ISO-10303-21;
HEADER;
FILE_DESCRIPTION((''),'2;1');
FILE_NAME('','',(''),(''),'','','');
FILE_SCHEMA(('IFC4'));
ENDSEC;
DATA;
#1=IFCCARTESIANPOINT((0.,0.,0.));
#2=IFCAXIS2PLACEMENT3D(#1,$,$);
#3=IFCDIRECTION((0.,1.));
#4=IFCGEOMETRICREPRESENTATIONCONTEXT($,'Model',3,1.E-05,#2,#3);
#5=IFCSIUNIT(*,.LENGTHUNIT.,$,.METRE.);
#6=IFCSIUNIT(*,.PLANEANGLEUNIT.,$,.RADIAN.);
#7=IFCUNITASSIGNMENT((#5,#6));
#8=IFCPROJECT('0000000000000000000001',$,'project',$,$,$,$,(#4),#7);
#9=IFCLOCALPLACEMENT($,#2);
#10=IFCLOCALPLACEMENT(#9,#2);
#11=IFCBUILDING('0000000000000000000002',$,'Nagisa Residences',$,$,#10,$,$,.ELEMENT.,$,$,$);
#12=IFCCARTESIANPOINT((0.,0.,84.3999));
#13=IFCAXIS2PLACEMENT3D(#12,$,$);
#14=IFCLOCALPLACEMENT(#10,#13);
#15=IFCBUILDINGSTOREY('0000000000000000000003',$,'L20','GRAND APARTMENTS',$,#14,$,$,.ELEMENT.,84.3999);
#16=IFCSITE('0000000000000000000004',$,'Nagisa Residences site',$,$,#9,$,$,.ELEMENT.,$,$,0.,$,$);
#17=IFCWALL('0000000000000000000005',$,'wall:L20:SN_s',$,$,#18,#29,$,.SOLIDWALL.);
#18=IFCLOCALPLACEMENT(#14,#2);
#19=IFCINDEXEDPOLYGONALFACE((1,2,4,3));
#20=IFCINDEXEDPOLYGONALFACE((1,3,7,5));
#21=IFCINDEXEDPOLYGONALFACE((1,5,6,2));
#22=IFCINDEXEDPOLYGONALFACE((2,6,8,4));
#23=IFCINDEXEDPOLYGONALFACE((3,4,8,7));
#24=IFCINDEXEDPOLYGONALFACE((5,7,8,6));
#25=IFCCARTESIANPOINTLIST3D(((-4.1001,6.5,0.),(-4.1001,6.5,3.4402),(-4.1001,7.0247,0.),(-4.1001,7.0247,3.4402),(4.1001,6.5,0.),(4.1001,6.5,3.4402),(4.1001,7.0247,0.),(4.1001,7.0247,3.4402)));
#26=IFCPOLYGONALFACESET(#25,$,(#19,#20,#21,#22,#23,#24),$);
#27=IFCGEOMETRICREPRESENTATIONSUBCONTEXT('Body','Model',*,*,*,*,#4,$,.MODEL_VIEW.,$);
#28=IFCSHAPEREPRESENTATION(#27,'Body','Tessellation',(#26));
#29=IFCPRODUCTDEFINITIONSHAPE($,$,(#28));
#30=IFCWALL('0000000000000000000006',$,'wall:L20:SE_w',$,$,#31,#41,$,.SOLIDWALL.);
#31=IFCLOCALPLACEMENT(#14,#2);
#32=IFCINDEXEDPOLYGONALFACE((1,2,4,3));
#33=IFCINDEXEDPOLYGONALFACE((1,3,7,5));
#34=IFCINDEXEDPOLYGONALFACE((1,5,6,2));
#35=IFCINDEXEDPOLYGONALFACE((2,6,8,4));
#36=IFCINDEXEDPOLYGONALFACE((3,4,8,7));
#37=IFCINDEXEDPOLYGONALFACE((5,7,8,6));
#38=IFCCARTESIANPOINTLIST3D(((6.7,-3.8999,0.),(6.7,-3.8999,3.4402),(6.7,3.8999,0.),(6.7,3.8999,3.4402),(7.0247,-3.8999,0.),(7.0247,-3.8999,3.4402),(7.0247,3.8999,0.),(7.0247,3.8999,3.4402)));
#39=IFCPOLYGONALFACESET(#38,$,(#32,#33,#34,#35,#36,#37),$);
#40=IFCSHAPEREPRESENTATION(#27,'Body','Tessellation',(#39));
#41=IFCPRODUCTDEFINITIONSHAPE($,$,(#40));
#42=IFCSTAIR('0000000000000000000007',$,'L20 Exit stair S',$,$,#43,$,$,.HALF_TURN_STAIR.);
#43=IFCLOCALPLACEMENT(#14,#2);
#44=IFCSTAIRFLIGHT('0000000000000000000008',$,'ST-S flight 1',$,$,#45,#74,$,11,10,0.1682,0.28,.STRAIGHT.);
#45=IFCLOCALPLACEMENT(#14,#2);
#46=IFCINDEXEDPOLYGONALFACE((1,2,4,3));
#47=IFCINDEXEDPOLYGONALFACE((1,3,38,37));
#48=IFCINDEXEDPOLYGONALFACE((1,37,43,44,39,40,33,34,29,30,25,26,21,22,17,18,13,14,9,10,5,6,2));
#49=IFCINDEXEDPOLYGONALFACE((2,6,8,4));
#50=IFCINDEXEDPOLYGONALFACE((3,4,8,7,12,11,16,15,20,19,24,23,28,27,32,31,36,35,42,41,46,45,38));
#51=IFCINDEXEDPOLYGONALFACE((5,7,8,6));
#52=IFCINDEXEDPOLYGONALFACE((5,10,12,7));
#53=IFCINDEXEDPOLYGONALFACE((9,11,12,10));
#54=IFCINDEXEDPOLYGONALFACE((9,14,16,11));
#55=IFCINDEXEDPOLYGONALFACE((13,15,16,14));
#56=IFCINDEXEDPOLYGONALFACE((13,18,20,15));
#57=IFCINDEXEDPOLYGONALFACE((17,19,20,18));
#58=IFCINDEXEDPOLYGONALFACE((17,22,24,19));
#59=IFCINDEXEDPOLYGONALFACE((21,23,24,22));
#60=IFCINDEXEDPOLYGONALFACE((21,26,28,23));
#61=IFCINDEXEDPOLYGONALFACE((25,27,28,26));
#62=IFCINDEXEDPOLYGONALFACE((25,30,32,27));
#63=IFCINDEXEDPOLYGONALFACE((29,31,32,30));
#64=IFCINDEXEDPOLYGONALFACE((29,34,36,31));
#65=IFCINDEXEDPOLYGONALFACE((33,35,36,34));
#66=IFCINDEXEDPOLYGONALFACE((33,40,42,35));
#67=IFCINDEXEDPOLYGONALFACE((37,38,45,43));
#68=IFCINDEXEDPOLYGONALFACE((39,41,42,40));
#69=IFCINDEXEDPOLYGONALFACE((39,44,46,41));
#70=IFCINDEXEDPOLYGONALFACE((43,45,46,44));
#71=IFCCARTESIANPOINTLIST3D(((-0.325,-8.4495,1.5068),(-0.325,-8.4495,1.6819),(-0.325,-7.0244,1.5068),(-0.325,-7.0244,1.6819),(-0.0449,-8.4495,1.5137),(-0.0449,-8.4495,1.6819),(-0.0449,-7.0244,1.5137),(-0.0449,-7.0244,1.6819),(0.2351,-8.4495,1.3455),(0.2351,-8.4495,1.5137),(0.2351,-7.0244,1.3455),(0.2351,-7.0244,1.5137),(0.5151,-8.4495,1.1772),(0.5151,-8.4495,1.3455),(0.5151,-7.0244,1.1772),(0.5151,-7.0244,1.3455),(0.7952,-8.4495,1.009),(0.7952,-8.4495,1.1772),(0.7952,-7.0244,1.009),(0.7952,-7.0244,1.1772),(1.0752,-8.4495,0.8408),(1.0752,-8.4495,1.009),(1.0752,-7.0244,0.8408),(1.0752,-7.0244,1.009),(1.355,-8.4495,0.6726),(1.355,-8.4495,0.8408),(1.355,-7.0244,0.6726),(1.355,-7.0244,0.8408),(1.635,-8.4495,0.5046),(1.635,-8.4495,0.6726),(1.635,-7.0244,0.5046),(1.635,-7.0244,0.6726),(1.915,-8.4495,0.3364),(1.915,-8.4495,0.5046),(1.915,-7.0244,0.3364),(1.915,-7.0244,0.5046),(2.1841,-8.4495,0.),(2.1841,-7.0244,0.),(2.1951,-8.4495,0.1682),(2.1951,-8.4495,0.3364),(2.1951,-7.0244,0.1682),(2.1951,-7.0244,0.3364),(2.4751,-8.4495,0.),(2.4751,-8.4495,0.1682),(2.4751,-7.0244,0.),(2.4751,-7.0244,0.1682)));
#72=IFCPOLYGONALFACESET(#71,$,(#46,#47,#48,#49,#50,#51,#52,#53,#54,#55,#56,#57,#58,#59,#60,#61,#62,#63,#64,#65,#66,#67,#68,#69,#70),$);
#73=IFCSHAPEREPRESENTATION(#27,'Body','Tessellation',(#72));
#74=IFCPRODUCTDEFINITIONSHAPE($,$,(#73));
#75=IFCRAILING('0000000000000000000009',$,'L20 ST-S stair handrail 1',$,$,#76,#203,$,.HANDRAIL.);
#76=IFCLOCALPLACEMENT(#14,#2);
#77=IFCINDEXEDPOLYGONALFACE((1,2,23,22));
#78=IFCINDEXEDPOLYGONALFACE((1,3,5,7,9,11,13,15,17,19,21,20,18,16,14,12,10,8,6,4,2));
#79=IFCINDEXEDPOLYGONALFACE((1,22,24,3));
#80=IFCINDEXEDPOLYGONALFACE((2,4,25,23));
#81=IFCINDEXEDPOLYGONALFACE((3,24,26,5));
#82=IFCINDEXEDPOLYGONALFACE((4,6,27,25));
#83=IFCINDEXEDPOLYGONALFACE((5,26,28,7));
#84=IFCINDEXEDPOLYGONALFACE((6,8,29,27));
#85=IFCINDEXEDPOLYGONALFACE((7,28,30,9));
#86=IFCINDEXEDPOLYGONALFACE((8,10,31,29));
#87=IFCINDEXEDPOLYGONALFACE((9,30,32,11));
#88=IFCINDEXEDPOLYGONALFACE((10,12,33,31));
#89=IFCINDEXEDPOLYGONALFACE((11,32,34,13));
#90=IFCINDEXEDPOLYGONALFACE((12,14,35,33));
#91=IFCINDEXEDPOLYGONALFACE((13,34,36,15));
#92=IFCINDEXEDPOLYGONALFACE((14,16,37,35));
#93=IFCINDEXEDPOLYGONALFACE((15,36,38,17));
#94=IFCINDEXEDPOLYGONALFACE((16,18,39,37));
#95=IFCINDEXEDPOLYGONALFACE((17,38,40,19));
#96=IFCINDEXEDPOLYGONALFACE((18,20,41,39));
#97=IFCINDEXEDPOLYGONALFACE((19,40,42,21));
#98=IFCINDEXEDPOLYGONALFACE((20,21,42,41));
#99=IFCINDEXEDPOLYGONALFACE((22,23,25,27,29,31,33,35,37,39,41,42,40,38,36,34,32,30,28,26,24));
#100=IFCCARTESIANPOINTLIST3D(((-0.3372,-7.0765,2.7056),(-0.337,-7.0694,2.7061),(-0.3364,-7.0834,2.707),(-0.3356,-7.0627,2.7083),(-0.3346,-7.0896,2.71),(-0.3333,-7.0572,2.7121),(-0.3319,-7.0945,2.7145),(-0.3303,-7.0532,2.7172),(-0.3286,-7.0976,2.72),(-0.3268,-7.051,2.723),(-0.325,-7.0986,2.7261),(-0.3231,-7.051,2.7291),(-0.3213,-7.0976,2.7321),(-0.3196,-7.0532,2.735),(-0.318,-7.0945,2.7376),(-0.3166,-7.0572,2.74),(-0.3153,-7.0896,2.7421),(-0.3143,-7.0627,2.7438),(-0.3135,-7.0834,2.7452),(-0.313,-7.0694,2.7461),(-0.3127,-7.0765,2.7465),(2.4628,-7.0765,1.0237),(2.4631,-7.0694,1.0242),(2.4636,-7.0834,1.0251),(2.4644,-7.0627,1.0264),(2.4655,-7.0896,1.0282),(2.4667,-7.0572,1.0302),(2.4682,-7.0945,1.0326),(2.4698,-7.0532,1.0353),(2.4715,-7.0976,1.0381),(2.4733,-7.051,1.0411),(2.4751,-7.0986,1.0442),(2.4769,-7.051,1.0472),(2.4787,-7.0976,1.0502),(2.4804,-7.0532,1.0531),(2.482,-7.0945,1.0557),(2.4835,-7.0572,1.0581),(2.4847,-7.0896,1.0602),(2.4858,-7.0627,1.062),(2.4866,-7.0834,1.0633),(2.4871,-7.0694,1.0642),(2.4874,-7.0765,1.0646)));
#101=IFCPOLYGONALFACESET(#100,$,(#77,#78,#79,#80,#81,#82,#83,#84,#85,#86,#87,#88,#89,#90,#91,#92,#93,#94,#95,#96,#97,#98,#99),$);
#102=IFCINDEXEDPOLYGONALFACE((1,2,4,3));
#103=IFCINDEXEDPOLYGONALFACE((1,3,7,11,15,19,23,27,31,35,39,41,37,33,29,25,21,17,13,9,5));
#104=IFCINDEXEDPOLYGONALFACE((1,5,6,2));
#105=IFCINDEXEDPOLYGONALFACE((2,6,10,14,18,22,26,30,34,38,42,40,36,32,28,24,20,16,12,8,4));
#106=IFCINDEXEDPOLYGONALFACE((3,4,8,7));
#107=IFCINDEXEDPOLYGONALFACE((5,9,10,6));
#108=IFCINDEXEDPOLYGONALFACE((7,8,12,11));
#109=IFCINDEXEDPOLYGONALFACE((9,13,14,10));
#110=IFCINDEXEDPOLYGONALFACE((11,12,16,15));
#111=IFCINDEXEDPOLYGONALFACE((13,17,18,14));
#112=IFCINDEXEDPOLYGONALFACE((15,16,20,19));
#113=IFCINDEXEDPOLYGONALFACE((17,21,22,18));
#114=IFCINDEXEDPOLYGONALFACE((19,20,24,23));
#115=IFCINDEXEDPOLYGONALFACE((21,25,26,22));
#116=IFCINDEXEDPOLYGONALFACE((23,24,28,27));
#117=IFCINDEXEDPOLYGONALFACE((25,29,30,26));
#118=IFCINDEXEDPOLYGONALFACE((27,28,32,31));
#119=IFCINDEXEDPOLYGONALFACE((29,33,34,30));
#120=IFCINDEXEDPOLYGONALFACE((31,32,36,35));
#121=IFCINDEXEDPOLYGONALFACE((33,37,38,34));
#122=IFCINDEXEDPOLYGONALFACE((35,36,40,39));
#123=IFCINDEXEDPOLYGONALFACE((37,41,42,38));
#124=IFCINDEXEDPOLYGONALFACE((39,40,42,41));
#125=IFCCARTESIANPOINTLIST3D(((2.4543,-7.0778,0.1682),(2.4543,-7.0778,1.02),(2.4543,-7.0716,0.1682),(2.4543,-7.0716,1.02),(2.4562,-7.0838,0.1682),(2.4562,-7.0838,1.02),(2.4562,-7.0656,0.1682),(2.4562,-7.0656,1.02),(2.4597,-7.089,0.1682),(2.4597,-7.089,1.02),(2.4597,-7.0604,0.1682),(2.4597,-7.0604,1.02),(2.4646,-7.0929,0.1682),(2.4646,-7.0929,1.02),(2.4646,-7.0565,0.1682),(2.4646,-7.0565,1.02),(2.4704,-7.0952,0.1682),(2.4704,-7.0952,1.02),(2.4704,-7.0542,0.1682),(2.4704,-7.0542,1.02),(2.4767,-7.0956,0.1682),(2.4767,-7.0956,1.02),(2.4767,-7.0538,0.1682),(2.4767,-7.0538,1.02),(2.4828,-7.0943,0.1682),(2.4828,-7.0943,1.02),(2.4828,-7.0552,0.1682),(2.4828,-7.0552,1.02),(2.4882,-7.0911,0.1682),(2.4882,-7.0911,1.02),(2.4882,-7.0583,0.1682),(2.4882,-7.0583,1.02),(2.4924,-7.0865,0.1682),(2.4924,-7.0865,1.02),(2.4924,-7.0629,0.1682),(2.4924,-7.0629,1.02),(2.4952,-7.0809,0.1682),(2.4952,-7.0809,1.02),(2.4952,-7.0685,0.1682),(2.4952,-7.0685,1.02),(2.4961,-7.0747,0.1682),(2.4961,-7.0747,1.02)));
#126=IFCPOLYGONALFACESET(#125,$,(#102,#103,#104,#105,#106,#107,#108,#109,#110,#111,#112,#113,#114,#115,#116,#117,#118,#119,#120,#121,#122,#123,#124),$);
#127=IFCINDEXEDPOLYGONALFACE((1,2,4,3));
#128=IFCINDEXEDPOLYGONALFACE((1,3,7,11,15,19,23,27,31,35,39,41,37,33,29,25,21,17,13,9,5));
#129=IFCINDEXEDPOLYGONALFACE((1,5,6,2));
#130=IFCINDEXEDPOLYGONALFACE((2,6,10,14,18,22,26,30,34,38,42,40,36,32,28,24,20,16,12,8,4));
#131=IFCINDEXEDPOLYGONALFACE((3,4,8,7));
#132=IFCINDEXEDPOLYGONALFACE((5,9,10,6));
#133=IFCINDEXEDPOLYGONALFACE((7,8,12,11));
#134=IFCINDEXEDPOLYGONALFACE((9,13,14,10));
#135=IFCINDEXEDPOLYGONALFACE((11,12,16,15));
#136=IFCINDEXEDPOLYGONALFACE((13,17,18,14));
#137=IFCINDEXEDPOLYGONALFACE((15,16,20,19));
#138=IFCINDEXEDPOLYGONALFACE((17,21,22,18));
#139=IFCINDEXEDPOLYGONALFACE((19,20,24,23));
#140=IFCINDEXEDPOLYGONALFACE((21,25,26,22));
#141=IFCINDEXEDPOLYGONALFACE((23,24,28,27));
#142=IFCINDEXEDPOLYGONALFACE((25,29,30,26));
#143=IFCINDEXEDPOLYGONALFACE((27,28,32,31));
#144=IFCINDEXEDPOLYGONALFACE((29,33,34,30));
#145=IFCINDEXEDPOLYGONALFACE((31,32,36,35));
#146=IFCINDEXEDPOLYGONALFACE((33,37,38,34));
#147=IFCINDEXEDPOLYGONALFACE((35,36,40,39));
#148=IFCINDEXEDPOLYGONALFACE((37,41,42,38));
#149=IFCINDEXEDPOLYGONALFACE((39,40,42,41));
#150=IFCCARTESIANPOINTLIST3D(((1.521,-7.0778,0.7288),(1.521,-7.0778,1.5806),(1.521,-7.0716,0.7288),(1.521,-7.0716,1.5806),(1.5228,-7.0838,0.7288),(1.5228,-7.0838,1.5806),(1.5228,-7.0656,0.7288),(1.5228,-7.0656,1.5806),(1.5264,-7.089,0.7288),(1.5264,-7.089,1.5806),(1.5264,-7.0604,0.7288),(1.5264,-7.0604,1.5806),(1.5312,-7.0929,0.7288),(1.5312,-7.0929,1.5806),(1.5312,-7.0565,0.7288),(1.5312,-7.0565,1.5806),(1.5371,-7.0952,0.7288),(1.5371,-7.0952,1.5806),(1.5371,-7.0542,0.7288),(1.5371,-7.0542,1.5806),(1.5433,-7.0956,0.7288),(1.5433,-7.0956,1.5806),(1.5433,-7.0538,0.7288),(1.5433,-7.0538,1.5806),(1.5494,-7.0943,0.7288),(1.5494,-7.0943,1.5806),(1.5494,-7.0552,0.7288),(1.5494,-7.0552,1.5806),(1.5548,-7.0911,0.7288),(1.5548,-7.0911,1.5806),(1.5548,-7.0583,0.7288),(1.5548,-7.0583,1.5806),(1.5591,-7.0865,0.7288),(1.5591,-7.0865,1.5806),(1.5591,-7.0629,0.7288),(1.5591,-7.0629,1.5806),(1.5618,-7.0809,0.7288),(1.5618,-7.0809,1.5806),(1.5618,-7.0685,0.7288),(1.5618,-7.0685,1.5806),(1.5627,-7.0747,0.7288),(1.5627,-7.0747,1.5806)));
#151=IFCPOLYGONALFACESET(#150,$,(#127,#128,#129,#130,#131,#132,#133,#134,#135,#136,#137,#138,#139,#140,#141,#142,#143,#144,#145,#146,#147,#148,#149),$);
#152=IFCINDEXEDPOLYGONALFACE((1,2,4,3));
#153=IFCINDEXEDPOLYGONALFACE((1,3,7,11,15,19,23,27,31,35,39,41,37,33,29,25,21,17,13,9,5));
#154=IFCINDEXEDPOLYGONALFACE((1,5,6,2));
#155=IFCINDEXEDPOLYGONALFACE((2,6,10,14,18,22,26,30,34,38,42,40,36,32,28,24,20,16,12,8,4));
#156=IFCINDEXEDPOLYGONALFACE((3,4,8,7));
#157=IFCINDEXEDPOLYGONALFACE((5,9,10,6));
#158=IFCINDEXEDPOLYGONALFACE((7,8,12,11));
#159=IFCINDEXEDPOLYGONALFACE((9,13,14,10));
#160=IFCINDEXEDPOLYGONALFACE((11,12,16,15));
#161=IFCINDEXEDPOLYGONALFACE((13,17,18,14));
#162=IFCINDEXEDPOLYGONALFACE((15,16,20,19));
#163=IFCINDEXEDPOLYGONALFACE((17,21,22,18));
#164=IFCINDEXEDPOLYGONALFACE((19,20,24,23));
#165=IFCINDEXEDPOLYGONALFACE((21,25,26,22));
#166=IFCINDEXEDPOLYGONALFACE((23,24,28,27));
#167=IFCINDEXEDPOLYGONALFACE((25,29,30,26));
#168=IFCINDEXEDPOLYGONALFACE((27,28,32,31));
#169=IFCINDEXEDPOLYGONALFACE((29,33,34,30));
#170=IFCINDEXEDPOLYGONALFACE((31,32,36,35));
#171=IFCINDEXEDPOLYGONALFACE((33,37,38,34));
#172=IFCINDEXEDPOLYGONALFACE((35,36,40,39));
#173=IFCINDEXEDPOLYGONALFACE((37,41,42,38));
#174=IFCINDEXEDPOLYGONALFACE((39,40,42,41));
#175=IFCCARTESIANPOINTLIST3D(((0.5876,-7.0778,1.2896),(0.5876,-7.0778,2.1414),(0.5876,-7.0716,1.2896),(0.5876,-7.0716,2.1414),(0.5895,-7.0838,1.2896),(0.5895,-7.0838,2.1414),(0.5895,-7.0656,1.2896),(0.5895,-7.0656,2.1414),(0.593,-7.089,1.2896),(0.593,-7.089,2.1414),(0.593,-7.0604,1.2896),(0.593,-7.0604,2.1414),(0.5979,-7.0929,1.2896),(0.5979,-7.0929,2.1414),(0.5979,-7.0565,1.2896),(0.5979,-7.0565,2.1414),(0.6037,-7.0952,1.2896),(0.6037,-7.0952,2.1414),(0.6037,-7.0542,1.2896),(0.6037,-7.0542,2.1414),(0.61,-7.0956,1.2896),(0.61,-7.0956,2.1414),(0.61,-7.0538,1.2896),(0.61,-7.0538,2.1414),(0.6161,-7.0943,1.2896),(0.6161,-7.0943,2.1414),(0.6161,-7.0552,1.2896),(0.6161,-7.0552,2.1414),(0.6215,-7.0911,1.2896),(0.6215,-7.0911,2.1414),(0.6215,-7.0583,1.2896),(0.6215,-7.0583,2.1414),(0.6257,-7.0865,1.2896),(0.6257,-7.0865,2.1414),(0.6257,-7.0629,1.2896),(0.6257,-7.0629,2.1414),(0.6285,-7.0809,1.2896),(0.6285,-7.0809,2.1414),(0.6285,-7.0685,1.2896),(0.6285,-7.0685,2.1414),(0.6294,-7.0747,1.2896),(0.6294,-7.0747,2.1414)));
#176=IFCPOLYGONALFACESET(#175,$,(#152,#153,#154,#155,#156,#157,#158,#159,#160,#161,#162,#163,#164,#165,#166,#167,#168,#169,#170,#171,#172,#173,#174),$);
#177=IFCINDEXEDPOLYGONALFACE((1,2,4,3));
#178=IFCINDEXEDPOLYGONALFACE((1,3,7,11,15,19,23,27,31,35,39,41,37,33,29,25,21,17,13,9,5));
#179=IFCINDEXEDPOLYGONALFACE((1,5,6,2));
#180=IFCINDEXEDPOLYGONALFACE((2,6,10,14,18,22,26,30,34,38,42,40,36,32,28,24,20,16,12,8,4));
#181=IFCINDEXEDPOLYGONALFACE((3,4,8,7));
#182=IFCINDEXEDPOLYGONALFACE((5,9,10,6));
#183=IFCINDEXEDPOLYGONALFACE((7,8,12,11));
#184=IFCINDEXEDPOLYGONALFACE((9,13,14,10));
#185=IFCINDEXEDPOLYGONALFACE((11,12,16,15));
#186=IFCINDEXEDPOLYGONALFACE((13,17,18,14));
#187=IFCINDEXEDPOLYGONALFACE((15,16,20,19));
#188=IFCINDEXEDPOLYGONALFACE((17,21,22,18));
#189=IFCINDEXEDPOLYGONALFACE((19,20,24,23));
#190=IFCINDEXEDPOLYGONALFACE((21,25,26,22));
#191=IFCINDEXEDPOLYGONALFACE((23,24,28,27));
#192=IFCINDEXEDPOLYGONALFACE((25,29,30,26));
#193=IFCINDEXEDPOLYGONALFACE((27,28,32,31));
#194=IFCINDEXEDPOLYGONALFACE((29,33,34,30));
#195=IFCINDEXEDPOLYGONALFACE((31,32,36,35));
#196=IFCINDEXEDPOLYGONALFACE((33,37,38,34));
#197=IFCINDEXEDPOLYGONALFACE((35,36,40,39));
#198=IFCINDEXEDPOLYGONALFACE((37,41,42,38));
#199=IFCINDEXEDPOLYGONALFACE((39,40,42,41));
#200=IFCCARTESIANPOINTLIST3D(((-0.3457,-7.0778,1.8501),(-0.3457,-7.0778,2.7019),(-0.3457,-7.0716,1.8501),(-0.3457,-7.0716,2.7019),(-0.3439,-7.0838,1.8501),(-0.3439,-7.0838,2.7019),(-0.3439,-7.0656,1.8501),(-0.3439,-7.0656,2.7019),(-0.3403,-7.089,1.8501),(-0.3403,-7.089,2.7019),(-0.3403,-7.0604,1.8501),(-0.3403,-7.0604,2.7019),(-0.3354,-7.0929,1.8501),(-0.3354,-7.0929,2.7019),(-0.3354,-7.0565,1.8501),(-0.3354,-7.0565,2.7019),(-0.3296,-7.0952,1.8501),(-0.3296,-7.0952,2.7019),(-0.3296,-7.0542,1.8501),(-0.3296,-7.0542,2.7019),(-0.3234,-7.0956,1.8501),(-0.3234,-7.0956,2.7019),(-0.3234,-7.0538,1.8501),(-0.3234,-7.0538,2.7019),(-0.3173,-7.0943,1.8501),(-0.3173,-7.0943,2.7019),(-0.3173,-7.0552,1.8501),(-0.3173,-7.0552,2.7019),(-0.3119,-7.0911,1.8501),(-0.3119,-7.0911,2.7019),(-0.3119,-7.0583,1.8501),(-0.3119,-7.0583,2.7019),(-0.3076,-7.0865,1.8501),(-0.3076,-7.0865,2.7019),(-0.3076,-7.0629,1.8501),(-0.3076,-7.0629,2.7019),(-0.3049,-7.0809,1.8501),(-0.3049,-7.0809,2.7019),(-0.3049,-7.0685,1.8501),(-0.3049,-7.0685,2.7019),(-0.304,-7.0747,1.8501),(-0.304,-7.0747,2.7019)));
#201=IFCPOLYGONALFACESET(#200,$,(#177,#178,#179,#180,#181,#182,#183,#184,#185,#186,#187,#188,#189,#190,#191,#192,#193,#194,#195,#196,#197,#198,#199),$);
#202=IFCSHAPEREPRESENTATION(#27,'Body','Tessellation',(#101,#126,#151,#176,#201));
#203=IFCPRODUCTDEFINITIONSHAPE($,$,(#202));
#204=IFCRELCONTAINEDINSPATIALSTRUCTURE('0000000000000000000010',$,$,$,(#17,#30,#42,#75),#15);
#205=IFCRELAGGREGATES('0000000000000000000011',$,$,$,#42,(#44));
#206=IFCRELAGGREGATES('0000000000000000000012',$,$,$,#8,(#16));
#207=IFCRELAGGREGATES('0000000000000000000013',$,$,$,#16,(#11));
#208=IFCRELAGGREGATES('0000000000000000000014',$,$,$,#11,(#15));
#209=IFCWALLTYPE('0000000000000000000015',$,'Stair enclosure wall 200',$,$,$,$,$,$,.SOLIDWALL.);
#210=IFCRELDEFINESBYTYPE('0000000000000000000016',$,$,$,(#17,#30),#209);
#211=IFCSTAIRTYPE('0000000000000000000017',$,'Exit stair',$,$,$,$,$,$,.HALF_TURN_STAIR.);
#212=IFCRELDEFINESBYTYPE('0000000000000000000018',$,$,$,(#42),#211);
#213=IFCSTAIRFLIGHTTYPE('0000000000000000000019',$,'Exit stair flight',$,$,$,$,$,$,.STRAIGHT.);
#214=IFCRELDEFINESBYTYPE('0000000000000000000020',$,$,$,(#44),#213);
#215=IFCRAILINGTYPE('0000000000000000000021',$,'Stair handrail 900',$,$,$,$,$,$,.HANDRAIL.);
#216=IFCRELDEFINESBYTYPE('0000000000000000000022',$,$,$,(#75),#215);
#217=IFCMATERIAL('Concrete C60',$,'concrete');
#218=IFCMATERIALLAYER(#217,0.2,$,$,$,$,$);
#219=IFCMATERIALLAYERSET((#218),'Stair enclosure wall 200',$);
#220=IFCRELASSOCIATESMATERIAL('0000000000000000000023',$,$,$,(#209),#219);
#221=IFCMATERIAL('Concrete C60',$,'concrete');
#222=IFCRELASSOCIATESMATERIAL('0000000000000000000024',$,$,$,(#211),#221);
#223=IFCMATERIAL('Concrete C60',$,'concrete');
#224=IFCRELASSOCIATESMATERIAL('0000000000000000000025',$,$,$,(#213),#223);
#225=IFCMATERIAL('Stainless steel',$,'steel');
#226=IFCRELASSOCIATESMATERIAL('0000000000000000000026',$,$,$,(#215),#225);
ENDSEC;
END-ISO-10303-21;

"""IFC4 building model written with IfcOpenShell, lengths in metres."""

from ifc_helpers import new_model, si_unit, direction, frame, origin, origin_2d, place, context, subcontext, project, spatial, polyline, circle, outline, extrude, material, layer, layer_set, type_object, element, aggregate, save


model = new_model("IFC4")

# Units and contexts
model_context = context("Model", 3, precision=1e-05, world=origin(), true_north=direction((0.0, 1.0)))
body_context = subcontext(model_context, "Body", "Model", "MODEL_VIEW")
ifc_project = project(units=[si_unit("LENGTHUNIT", "METRE"), si_unit("PLANEANGLEUNIT", "RADIAN")], contexts=[model_context])

# Site, building, storey
site_placement = place(None, origin())
site = spatial("IfcSite", under=ifc_project, at=site_placement, Name="Nagisa Residences site", CompositionType="ELEMENT", RefElevation=0.0)
building_placement = place(site_placement, origin())
building = spatial("IfcBuilding", under=site, at=building_placement, Name="Nagisa Residences", CompositionType="ELEMENT")
storey_placement = place(building_placement, frame((0.0, 0.0, 84.3999)))
storey = spatial("IfcBuildingStorey", under=building, at=storey_placement, Name="L20", Description="GRAND APARTMENTS", CompositionType="ELEMENT", Elevation=84.3999)

# Walls
ifc_material_1 = material(Name="Concrete C60", Category="concrete")
ifc_layer_1 = layer(ifc_material_1, 0.2)
ifc_layer_set_1 = layer_set([ifc_layer_1], Name="Stair enclosure wall 200")
wall_type_1 = type_object("IfcWallType", Name="Stair enclosure wall 200", PredefinedType="SOLIDWALL", material=ifc_layer_set_1)
wall_1_placement = place(storey_placement, origin())
element("IfcWall", 1, at=wall_1_placement, inside=storey, type_object=wall_type_1, Name="wall:L20:SN_s", PredefinedType="SOLIDWALL", context=body_context, shape_type="SweptSolid", body=[
    extrude(outline(polyline([(4.1001, 6.5), (-4.1001, 6.5), (-4.1001, 7.0247), (4.1001, 7.0247), (4.1001, 6.5)])), origin(), (0.0, 0.0, 1.0), 3.4402),
])
wall_2_placement = place(storey_placement, origin())
element("IfcWall", 2, at=wall_2_placement, inside=storey, type_object=wall_type_1, Name="wall:L20:SE_w", PredefinedType="SOLIDWALL", context=body_context, shape_type="SweptSolid", body=[
    extrude(outline(polyline([(7.0247, -3.8999), (6.7, -3.8999), (6.7, 3.8999), (7.0247, 3.8999), (7.0247, -3.8999)])), origin(), (0.0, 0.0, 1.0), 3.4402),
])

# Stair, stair flight
ifc_material_2 = material(Name="Concrete C60", Category="concrete")
stair_type = type_object("IfcStairType", Name="Exit stair", PredefinedType="HALF_TURN_STAIR", material=ifc_material_2)
stair_placement = place(storey_placement, origin())
stair = element("IfcStair", 3, at=stair_placement, inside=storey, type_object=stair_type, Name="L20 Exit stair S", PredefinedType="HALF_TURN_STAIR")
ifc_material_3 = material(Name="Concrete C60", Category="concrete")
stair_flight_type = type_object("IfcStairFlightType", Name="Exit stair flight", PredefinedType="STRAIGHT", material=ifc_material_3)
stair_flight_placement = place(storey_placement, frame((2.4751, -7.7371, 0.0), z_axis=(0.0, 0.0, 1.0), x_axis=(-1.0, 0.0, 0.0)))
stair_flight = element("IfcStairFlight", 4, at=stair_flight_placement, type_object=stair_flight_type, Name="ST-S flight 1", NumberOfRisers=11, NumberOfTreads=10, PredefinedType="STRAIGHT", RiserHeight=0.1682, TreadLength=0.28, context=body_context, shape_type="SweptSolid", body=[
    extrude(outline(polyline([(0.0, 0.0), (0.0, 0.1682), (0.28, 0.1682), (0.28, 0.3364), (0.5601, 0.3364), (0.5601, 0.5046), (0.8401, 0.5046), (0.8401, 0.6726), (1.1201, 0.6726), (1.1201, 0.8408), (1.3999, 0.8408), (1.3999, 1.009), (1.6799, 1.009), (1.6799, 1.1772), (1.96, 1.1772), (1.96, 1.3455), (2.24, 1.3455), (2.24, 1.5137), (2.52, 1.5137), (2.52, 1.6819), (2.8, 1.6819), (2.8, 1.8501), (2.8, 1.5068), (0.291, 0.0), (0.0, 0.0)])), frame((0.0, 0.7124, 0.0), z_axis=(0.0, -1.0, 0.0), x_axis=(1.0, 0.0, 0.0)), (0.0, 0.0, 1.0), 1.425),
])
aggregate(stair, [stair_flight])

# Railing
ifc_material_4 = material(Name="Stainless steel", Category="steel")
railing_type_1 = type_object("IfcRailingType", Name="Stair handrail 900", PredefinedType="HANDRAIL", material=ifc_material_4)
railing_1_placement = place(storey_placement, frame((2.4751, -7.0747, 0.1682)))
element("IfcRailing", 5, at=railing_1_placement, inside=storey, type_object=railing_type_1, Name="L20 ST-S stair handrail 1", PredefinedType="HANDRAIL", context=body_context, shape_type="SweptSolid", body=[
    extrude(circle(Radius=0.0239, at=origin_2d()), frame((0.0, 0.0, 0.876), z_axis=(-0.857242, 0.0, 0.514913), x_axis=(0.0, -1.0, 0.0)), (0.0, 0.0, 1.0), 3.2664),
    extrude(circle(Radius=0.021, at=origin_2d()), origin(), (0.0, 0.0, 1.0), 0.8518),
    extrude(circle(Radius=0.021, at=origin_2d()), frame((-0.9333, 0.0, 0.5605)), (0.0, 0.0, 1.0), 0.8518),
    extrude(circle(Radius=0.021, at=origin_2d()), frame((-1.8667, 0.0, 1.1213)), (0.0, 0.0, 1.0), 0.8518),
    extrude(circle(Radius=0.021, at=origin_2d()), frame((-2.8, 0.0, 1.6819)), (0.0, 0.0, 1.0), 0.8518),
])

save(model, "model.ifc")
